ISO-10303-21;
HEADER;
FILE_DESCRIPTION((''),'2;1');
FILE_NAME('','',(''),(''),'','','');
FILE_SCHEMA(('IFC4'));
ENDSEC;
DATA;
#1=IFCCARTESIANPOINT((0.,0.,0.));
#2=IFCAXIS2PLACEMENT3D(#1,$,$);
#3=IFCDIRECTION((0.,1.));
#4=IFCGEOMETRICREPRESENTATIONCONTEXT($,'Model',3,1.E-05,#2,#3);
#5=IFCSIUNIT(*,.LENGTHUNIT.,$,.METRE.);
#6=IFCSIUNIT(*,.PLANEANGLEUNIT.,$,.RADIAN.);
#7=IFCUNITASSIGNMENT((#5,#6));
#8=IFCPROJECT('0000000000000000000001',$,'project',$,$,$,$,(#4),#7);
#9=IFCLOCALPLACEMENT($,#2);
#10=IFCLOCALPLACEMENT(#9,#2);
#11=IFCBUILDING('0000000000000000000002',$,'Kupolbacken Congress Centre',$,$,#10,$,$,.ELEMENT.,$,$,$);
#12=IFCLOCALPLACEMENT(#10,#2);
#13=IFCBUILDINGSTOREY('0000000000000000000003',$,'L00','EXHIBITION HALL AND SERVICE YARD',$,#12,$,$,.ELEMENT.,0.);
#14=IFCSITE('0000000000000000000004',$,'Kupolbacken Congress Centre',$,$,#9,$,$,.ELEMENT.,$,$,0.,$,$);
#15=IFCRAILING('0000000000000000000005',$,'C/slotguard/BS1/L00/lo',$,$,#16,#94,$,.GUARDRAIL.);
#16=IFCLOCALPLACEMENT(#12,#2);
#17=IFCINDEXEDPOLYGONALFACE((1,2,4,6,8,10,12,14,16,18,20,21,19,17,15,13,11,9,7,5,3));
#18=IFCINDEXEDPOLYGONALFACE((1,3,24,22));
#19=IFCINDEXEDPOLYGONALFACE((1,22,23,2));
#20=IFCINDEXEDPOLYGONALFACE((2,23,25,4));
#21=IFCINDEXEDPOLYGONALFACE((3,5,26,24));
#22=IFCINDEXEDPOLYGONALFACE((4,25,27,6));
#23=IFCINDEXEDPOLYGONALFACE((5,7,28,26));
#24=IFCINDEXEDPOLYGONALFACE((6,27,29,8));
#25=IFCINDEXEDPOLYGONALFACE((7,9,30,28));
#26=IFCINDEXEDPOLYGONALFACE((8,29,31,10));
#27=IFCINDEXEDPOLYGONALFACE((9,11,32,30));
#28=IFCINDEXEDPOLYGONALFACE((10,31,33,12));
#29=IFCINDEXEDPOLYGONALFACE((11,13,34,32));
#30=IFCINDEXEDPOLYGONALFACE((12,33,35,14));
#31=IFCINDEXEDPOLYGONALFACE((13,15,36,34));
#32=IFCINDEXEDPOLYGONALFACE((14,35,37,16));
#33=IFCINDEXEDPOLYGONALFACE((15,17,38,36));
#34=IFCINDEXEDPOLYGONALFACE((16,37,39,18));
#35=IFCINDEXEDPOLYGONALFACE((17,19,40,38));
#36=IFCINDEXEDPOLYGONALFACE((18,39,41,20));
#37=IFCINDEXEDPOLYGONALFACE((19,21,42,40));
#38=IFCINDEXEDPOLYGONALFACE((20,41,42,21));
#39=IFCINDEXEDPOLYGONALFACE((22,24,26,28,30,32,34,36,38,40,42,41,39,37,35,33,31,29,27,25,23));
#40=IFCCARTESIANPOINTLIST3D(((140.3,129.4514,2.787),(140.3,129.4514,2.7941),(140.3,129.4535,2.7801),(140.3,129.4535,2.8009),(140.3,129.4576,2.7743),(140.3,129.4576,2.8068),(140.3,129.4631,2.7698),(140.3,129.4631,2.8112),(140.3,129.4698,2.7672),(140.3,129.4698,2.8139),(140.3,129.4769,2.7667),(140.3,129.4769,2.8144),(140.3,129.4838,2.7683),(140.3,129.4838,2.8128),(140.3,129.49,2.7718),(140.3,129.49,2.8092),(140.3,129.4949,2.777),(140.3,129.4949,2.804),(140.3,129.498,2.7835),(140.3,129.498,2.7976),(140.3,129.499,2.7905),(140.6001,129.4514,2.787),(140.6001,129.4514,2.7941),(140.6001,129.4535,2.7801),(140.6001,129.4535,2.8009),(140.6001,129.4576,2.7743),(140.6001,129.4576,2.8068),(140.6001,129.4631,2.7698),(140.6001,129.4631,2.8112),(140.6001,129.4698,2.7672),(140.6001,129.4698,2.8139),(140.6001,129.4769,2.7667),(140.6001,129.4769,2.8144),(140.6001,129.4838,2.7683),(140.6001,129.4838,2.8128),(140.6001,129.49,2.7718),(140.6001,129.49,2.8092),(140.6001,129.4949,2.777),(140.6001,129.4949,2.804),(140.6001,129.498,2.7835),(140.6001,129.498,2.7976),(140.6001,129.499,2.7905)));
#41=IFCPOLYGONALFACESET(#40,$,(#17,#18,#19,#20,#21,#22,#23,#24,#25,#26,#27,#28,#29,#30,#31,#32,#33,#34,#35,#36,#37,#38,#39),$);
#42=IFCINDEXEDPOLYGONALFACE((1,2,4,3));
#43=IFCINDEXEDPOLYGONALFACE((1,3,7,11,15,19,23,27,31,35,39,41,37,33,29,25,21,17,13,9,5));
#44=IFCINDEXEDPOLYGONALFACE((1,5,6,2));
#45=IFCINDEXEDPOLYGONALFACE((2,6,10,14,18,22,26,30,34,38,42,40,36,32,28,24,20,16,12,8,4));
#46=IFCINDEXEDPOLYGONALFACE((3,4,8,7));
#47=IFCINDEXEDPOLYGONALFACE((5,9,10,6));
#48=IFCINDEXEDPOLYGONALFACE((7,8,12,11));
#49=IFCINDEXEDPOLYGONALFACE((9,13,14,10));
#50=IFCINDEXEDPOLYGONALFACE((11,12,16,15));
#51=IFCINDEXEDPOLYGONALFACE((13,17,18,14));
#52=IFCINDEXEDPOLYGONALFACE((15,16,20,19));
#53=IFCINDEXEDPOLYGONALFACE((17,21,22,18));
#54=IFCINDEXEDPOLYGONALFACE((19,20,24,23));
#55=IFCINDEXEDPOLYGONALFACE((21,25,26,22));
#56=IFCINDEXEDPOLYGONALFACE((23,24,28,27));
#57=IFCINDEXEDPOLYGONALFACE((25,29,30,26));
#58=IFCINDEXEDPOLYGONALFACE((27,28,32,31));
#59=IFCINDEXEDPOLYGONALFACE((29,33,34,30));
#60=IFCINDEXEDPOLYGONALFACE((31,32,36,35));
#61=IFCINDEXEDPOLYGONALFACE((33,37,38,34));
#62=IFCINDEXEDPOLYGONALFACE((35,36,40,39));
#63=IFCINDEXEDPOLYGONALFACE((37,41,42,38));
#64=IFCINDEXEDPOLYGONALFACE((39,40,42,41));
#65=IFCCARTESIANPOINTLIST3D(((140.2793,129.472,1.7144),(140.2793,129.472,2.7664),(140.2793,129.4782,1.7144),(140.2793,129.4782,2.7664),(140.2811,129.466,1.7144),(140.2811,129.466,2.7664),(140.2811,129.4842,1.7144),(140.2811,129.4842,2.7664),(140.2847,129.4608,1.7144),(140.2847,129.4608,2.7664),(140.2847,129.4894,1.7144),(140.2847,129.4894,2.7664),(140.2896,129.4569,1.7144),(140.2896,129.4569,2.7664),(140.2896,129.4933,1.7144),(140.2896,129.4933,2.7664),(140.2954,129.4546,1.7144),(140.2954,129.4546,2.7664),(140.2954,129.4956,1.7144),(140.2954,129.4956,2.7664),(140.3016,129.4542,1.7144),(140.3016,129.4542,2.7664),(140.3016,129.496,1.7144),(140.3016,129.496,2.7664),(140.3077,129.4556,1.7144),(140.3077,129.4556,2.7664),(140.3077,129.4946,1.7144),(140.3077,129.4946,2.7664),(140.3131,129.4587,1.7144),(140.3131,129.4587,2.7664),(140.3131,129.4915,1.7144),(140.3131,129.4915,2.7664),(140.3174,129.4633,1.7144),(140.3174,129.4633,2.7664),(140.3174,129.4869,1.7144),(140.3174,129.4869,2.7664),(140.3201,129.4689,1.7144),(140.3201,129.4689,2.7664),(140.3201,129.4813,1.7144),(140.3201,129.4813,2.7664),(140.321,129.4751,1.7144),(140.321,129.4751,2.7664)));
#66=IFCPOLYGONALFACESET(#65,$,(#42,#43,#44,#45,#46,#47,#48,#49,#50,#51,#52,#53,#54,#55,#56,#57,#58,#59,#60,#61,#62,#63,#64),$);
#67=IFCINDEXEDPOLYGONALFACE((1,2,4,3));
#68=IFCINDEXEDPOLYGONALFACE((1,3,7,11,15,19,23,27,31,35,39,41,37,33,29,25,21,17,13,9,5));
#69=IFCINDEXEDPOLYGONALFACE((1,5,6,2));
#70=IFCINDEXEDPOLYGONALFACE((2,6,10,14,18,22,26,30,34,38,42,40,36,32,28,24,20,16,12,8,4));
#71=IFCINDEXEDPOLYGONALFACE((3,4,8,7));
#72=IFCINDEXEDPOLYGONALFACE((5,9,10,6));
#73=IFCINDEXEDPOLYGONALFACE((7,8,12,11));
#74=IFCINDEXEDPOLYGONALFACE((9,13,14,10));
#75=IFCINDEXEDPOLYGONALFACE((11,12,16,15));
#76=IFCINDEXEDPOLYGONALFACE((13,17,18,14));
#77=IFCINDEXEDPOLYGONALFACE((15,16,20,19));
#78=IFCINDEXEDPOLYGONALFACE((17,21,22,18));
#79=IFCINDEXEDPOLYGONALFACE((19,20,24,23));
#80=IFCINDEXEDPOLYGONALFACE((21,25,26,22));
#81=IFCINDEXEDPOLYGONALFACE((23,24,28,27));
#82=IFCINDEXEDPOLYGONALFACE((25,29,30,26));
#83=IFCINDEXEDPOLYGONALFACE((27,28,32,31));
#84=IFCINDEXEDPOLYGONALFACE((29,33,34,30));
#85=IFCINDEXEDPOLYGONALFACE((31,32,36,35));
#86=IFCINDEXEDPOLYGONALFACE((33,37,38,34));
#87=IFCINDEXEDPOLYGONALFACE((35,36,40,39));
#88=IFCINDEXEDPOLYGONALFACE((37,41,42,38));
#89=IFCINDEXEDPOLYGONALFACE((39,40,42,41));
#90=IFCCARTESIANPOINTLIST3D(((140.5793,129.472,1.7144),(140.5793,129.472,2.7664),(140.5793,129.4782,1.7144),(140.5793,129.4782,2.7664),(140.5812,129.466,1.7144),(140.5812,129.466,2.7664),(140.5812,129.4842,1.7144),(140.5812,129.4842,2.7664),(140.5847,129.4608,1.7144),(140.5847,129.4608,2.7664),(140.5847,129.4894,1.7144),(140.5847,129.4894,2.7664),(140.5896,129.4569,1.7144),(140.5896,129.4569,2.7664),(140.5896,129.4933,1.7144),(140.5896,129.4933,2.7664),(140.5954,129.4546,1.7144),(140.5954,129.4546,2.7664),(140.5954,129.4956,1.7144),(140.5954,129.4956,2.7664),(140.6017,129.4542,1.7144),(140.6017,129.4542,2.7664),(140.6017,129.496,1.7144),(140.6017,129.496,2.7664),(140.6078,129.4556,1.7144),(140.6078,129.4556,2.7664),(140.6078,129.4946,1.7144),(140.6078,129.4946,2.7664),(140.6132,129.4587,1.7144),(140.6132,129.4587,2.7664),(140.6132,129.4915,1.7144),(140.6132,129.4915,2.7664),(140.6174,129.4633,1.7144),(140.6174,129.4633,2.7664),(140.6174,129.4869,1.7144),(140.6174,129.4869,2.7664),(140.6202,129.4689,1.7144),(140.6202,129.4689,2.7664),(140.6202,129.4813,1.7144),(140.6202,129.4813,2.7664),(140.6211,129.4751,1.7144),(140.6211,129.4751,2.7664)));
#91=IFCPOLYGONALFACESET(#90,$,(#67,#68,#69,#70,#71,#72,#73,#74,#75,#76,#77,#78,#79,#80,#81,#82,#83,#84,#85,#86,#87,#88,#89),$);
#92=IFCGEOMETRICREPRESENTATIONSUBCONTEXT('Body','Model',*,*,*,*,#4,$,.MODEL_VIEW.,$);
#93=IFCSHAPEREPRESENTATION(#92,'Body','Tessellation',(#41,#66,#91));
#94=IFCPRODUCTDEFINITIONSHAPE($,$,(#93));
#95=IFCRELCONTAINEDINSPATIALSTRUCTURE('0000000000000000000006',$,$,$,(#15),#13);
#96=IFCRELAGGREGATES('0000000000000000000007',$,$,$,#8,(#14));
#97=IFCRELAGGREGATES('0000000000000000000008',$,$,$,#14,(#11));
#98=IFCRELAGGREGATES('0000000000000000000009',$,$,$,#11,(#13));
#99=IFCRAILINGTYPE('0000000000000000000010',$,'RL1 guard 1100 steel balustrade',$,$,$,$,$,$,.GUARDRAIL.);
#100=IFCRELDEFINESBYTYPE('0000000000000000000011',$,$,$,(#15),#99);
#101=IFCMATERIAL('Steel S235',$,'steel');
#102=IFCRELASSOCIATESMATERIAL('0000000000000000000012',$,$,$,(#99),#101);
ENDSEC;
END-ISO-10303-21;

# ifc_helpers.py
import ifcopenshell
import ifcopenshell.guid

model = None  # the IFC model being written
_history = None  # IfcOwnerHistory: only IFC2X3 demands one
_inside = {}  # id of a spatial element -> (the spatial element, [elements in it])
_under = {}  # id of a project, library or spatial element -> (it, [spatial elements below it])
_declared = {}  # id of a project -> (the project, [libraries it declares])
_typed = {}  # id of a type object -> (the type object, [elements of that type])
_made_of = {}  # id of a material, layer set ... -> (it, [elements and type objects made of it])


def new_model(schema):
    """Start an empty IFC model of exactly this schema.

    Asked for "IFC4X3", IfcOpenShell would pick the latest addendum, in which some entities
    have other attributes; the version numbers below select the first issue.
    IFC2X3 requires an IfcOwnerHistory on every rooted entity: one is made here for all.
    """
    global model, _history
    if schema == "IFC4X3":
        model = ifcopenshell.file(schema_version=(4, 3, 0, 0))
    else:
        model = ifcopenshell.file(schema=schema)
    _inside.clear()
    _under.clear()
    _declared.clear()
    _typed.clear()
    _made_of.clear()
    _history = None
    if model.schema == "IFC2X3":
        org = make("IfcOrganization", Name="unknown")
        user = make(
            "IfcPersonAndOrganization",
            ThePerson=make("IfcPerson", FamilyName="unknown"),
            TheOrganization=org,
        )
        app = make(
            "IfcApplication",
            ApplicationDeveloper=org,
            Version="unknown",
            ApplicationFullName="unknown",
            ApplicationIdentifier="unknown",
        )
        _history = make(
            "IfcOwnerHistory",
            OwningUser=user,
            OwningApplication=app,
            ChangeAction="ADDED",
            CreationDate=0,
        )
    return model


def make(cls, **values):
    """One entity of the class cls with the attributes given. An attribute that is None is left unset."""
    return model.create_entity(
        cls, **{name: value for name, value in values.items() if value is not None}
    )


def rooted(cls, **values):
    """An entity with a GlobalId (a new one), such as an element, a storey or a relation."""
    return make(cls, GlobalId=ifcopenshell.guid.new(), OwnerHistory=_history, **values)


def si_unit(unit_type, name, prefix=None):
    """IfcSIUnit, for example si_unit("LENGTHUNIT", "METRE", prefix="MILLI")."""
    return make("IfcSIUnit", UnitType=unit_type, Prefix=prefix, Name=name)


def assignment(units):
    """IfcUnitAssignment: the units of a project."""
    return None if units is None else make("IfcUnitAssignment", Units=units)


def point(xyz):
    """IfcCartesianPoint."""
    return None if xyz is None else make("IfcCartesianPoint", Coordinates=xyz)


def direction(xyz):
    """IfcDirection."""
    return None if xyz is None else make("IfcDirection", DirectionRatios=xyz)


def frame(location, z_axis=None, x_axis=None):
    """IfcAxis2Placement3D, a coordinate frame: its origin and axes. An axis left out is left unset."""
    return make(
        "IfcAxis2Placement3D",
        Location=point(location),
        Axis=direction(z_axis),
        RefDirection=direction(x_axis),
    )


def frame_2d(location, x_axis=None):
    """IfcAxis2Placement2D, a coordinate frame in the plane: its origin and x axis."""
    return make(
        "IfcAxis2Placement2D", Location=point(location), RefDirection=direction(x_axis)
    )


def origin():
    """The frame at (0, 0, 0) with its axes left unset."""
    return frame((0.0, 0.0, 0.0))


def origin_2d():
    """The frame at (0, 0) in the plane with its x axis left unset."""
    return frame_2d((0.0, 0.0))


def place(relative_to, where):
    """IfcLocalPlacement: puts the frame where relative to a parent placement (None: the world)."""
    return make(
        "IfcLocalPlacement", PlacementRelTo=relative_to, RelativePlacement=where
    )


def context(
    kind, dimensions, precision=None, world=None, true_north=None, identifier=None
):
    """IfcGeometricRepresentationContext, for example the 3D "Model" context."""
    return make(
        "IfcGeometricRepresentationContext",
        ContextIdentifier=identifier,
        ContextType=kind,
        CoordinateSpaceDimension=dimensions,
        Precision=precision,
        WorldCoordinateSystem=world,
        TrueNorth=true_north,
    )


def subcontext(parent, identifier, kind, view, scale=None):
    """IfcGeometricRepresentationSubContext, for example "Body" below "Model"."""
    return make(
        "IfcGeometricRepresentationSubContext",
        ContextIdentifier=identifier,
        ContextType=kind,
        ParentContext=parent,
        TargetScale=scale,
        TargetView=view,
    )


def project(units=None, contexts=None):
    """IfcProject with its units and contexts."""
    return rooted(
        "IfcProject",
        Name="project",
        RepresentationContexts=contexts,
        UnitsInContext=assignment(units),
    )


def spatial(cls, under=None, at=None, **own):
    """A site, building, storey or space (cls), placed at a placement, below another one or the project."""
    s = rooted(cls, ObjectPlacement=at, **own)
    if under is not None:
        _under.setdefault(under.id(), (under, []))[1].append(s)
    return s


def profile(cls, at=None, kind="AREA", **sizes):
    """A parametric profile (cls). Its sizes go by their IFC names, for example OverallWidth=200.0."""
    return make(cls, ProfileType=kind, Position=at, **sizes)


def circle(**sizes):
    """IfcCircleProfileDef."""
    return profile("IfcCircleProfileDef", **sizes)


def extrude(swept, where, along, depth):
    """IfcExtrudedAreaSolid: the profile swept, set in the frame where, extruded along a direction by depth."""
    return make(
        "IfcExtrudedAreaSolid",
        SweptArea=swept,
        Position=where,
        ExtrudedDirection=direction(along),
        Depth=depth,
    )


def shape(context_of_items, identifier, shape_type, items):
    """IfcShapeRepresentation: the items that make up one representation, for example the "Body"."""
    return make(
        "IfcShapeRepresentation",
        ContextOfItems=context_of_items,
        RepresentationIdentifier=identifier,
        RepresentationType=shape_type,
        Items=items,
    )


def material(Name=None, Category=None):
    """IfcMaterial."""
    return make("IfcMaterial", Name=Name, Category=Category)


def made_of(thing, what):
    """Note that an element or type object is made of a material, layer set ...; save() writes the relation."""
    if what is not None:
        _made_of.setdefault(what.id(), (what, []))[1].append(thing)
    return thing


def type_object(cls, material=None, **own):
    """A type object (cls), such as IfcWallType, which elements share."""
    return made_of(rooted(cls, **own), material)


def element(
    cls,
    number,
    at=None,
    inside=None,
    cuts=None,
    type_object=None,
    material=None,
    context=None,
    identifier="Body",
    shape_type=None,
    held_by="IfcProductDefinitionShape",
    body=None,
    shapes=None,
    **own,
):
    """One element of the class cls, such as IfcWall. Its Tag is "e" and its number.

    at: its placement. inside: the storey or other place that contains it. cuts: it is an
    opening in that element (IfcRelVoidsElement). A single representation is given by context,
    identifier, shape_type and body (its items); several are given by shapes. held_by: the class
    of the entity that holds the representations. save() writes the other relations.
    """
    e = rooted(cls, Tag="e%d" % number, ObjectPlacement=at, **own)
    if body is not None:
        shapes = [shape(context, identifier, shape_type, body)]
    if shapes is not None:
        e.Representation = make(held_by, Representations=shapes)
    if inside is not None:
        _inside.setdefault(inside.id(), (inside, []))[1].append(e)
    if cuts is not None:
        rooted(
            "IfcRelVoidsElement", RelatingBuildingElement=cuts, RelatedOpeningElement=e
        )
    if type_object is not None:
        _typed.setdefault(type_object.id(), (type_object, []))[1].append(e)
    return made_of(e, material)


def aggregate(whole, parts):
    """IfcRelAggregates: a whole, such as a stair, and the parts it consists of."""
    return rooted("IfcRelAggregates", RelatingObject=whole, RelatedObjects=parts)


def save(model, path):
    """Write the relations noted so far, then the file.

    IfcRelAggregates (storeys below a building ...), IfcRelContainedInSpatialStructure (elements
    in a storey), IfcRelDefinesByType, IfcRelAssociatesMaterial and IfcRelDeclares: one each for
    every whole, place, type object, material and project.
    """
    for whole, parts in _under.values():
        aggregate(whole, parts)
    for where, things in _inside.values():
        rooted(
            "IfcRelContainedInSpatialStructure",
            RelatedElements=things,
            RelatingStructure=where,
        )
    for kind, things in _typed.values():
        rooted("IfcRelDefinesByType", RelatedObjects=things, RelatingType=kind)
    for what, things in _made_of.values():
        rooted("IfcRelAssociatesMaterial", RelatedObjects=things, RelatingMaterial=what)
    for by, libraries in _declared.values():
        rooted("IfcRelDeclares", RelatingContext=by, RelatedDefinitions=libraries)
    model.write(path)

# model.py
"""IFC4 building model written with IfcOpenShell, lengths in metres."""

from ifc_helpers import new_model, si_unit, direction, frame, origin, origin_2d, place, context, subcontext, project, spatial, circle, extrude, material, type_object, element, save


model = new_model("IFC4")

# Units and contexts
model_context = context("Model", 3, precision=1e-05, world=origin(), true_north=direction((0.0, 1.0)))
body_context = subcontext(model_context, "Body", "Model", "MODEL_VIEW")
ifc_project = project(units=[si_unit("LENGTHUNIT", "METRE"), si_unit("PLANEANGLEUNIT", "RADIAN")], contexts=[model_context])

# Site, building, storey
site_placement = place(None, origin())
site = spatial("IfcSite", under=ifc_project, at=site_placement, Name="Kupolbacken Congress Centre", CompositionType="ELEMENT", RefElevation=0.0)
building_placement = place(site_placement, origin())
building = spatial("IfcBuilding", under=site, at=building_placement, Name="Kupolbacken Congress Centre", CompositionType="ELEMENT")
storey_placement = place(building_placement, origin())
storey = spatial("IfcBuildingStorey", under=building, at=storey_placement, Name="L00", Description="EXHIBITION HALL AND SERVICE YARD", CompositionType="ELEMENT", Elevation=0.0)

# Railing
ifc_material_1 = material(Name="Steel S235", Category="steel")
railing_type_1 = type_object("IfcRailingType", Name="RL1 guard 1100 steel balustrade", PredefinedType="GUARDRAIL", material=ifc_material_1)
railing_placement = place(storey_placement, frame((140.3, 129.4751, 1.7144)))
element("IfcRailing", 1, at=railing_placement, inside=storey, type_object=railing_type_1, Name="C/slotguard/BS1/L00/lo", PredefinedType="GUARDRAIL", context=body_context, shape_type="SweptSolid", body=[
    extrude(circle(Radius=0.0239, at=origin_2d()), frame((0.0, 0.0, 1.0762), z_axis=(1.0, 0.0, 0.0), x_axis=(0.0, 1.0, 0.0)), (0.0, 0.0, 1.0), 0.3),
    extrude(circle(Radius=0.021, at=origin_2d()), origin(), (0.0, 0.0, 1.0), 1.052),
    extrude(circle(Radius=0.021, at=origin_2d()), frame((0.3, 0.0, 0.0)), (0.0, 0.0, 1.0), 1.052),
])

save(model, "model.ifc")
